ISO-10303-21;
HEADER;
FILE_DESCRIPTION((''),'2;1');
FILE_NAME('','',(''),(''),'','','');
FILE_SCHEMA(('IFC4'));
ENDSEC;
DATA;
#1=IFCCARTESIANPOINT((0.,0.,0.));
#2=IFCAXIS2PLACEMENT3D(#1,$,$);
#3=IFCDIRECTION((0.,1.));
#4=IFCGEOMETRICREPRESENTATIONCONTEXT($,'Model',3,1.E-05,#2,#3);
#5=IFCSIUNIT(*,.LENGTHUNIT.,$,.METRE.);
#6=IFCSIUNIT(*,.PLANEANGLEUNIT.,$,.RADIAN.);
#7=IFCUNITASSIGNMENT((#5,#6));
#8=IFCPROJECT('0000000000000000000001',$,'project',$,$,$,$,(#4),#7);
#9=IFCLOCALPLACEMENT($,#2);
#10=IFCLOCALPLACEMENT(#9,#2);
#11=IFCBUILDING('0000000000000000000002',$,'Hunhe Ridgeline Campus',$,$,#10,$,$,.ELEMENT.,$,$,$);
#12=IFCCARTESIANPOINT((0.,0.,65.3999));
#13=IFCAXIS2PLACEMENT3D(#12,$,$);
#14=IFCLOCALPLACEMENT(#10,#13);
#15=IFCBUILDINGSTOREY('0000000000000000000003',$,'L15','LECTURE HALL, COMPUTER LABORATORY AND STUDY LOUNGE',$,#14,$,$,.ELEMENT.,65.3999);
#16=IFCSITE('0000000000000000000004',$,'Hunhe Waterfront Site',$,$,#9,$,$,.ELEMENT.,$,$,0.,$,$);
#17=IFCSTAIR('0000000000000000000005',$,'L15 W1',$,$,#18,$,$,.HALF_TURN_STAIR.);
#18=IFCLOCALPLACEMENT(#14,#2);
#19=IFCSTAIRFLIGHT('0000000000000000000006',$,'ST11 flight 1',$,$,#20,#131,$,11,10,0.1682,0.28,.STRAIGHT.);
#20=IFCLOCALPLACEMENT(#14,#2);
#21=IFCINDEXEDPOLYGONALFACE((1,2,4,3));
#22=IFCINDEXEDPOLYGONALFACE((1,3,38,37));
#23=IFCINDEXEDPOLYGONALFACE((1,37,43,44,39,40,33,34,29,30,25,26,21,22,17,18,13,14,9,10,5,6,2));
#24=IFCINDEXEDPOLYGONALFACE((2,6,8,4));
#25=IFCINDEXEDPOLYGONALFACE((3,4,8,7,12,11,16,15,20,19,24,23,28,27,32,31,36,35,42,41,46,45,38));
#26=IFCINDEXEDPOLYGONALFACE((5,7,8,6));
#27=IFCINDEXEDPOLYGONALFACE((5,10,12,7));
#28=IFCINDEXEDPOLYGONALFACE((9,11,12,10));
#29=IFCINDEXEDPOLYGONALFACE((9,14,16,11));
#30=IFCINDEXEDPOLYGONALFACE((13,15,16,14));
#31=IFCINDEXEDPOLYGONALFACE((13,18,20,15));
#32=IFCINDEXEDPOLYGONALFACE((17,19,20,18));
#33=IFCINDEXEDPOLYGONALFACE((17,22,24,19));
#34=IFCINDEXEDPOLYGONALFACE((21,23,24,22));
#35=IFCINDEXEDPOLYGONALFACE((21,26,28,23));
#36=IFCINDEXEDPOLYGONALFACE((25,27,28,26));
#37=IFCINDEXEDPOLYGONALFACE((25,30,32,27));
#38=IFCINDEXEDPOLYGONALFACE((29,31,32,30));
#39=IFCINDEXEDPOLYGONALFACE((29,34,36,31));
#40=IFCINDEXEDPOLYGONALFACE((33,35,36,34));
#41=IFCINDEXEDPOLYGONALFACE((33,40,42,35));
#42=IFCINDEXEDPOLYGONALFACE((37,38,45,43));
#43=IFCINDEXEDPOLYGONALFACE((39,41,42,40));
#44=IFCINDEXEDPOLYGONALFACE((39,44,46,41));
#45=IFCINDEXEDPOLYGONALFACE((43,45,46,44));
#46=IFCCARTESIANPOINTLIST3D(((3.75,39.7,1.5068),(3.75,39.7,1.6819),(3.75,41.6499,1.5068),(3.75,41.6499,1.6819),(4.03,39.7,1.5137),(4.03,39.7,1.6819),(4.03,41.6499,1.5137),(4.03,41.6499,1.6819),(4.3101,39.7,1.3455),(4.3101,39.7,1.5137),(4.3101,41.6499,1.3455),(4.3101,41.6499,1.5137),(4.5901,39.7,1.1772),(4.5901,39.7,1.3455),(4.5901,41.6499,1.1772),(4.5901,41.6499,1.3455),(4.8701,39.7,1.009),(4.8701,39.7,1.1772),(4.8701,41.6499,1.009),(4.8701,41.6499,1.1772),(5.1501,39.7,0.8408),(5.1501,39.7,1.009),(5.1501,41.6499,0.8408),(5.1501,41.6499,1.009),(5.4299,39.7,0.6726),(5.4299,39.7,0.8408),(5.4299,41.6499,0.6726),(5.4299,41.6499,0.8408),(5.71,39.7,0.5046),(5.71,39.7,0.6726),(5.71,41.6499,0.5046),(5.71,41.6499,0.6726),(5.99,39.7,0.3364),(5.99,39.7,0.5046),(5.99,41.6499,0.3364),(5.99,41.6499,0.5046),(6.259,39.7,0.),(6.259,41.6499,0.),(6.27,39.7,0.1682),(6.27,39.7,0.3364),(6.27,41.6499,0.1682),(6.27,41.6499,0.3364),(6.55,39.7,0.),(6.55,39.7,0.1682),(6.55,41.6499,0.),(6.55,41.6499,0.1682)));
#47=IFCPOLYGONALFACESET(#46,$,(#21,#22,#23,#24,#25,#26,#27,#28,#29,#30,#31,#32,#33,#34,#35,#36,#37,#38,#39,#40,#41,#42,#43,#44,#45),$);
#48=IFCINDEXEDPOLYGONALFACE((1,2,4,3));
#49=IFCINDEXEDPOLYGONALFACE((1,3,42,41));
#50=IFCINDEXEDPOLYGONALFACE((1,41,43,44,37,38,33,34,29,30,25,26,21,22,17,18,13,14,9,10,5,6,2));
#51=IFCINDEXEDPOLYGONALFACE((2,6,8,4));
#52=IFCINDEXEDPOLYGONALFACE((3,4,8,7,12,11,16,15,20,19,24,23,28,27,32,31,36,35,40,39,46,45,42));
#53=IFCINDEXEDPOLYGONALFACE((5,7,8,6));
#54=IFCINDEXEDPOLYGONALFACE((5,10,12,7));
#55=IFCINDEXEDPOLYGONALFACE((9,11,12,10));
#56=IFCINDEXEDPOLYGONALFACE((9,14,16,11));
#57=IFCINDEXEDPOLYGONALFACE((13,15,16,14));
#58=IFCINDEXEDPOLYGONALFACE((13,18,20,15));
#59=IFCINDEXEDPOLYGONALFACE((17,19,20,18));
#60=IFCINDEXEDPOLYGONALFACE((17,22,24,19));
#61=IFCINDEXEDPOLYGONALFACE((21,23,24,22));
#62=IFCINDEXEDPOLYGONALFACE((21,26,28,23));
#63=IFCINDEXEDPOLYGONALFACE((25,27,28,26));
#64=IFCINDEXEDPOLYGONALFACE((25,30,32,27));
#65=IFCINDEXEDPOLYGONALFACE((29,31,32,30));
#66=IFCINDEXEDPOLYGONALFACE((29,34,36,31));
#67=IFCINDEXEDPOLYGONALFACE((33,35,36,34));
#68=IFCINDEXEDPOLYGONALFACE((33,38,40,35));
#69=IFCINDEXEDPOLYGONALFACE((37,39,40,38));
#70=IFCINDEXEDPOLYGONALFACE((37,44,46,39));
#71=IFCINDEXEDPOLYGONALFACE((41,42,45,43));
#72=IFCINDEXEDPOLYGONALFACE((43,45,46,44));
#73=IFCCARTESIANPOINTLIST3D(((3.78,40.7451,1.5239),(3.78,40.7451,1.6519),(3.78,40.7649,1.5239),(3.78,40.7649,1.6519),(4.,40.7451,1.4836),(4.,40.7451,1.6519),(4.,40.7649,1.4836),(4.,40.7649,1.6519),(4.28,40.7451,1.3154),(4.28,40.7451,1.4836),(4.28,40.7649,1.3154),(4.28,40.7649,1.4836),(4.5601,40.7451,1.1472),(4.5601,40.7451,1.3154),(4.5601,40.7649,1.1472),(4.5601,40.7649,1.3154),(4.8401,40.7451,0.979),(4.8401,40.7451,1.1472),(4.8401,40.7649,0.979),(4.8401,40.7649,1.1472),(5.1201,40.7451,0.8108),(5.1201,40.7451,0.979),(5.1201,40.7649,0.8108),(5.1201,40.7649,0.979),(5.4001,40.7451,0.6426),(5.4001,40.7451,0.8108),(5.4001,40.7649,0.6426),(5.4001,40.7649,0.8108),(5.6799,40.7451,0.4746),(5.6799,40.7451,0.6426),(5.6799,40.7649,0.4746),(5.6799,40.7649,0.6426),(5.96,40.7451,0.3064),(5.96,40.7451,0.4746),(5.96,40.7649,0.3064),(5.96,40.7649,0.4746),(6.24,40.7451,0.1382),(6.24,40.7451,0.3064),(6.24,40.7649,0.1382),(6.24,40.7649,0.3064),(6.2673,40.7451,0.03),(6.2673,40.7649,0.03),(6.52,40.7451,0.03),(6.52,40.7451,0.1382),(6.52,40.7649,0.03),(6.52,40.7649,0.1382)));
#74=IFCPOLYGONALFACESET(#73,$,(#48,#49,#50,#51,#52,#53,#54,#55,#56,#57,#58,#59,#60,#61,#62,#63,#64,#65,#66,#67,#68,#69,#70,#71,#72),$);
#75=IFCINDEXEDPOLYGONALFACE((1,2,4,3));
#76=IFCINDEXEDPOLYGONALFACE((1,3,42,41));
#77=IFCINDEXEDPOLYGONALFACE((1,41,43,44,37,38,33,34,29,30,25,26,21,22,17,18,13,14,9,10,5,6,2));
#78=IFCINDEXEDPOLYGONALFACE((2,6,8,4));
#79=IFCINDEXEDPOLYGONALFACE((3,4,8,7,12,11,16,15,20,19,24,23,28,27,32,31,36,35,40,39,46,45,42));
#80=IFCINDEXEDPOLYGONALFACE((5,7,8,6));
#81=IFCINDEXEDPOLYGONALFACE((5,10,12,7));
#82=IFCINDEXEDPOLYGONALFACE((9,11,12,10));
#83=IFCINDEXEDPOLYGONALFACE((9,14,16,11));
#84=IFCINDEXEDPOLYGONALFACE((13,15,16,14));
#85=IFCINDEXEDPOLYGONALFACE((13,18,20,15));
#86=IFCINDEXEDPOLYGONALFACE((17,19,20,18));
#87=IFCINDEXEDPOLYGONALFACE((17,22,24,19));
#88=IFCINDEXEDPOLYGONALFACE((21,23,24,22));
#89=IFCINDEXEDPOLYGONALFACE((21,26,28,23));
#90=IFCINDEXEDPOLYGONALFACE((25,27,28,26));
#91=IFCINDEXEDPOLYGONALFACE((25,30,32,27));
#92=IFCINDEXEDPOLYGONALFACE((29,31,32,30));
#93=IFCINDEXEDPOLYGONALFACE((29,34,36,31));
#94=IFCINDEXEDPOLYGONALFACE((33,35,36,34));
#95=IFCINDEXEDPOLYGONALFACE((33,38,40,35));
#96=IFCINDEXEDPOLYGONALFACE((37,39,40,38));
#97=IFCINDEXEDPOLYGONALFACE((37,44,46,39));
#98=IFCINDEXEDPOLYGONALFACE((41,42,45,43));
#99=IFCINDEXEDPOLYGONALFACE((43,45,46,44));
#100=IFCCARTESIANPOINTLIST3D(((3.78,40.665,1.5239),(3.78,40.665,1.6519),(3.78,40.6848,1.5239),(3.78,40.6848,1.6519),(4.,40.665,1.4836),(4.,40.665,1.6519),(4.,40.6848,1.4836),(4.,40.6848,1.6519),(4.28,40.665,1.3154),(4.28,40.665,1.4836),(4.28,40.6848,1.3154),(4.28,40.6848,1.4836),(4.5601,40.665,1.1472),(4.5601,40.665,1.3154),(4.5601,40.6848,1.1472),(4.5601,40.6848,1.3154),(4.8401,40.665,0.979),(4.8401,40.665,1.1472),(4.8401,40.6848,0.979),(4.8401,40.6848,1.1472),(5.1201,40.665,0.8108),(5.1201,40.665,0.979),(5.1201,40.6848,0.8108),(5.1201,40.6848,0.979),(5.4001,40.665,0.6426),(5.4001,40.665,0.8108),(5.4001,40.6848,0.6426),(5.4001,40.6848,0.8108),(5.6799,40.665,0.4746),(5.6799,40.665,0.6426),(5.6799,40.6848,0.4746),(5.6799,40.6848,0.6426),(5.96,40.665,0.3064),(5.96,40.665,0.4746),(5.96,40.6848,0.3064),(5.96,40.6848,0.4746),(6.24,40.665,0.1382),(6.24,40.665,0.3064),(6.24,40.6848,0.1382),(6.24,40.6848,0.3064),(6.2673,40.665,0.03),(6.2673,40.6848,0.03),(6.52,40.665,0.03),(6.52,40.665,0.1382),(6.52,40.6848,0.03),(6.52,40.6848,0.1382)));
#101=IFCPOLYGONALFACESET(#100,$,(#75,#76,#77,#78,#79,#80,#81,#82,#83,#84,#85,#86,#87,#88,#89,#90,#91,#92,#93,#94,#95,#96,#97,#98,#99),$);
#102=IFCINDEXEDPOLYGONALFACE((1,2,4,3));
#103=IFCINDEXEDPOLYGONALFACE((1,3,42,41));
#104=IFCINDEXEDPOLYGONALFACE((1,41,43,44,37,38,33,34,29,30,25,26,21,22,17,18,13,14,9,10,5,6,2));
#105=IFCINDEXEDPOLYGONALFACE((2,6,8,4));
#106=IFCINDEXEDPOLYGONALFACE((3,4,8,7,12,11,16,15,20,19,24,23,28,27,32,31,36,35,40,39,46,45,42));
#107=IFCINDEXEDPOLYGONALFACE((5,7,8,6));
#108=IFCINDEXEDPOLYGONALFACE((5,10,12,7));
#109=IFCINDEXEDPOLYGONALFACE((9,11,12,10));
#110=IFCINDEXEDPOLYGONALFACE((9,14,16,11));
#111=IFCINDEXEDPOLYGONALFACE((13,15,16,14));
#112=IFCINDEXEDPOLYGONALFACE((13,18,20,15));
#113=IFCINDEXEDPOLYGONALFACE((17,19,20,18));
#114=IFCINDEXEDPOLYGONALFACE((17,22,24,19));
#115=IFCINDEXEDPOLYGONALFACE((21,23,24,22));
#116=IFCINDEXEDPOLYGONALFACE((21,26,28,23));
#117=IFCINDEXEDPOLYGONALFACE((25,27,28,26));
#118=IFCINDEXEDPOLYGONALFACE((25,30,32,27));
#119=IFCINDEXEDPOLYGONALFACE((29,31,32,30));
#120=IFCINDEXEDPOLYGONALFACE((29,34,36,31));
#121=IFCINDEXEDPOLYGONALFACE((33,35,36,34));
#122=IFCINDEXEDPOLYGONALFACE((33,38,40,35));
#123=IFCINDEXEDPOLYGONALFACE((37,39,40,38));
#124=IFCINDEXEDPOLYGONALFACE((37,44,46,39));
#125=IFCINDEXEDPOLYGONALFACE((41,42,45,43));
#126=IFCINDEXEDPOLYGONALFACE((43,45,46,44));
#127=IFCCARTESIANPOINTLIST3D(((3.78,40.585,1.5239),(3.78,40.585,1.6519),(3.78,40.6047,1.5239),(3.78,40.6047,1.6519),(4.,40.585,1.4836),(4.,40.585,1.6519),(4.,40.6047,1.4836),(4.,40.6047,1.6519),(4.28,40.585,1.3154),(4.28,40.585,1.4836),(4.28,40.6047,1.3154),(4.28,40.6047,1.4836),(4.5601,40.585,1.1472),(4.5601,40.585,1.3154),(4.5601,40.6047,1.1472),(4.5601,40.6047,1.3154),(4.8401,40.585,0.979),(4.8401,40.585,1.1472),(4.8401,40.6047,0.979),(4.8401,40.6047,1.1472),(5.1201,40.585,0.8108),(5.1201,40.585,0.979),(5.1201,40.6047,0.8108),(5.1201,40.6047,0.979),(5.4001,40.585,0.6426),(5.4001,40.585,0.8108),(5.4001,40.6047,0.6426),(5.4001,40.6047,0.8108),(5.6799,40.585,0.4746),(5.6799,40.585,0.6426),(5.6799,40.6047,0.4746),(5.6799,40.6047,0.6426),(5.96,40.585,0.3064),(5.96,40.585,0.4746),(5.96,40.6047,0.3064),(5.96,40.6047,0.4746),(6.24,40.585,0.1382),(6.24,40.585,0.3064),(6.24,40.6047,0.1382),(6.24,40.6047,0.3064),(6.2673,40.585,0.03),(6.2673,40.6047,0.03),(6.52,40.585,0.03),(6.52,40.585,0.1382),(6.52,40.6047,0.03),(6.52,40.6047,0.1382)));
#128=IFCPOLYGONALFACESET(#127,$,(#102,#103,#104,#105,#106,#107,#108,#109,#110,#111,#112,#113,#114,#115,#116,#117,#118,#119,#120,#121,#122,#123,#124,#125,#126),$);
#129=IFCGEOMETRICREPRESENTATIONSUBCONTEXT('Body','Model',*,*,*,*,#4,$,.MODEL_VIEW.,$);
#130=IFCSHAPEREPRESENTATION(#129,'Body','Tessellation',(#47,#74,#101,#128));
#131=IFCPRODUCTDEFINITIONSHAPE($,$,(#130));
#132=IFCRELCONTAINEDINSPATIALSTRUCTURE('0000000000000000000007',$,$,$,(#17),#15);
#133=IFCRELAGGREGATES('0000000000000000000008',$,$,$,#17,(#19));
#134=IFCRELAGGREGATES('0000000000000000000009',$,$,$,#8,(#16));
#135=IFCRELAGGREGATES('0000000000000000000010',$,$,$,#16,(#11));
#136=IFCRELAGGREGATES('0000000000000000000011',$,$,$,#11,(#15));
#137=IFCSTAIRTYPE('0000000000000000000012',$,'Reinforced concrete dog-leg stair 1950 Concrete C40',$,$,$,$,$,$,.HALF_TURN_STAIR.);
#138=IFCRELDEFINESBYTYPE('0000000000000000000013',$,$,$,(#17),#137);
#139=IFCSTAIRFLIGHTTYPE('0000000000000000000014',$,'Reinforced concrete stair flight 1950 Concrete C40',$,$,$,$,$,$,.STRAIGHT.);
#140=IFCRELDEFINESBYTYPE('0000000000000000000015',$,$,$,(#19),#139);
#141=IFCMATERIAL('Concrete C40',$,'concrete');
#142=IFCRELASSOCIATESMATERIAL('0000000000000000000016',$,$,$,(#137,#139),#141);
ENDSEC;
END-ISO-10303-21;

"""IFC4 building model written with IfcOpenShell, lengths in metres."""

from ifc_helpers import new_model, si_unit, direction, frame, origin, place, context, subcontext, project, spatial, polyline, outline, extrude, material, type_object, element, aggregate, save


model = new_model("IFC4")

# Units and contexts
model_context = context("Model", 3, precision=1e-05, world=origin(), true_north=direction((0.0, 1.0)))
body_context = subcontext(model_context, "Body", "Model", "MODEL_VIEW")
ifc_project = project(units=[si_unit("LENGTHUNIT", "METRE"), si_unit("PLANEANGLEUNIT", "RADIAN")], contexts=[model_context])

# Site, building, storey
site_placement = place(None, origin())
site = spatial("IfcSite", under=ifc_project, at=site_placement, Name="Hunhe Waterfront Site", CompositionType="ELEMENT", RefElevation=0.0)
building_placement = place(site_placement, origin())
building = spatial("IfcBuilding", under=site, at=building_placement, Name="Hunhe Ridgeline Campus", CompositionType="ELEMENT")
storey_placement = place(building_placement, frame((0.0, 0.0, 65.3999)))
storey = spatial("IfcBuildingStorey", under=building, at=storey_placement, Name="L15", Description="LECTURE HALL, COMPUTER LABORATORY AND STUDY LOUNGE", CompositionType="ELEMENT", Elevation=65.3999)

# Stair, stair flight
ifc_material_1 = material(Name="Concrete C40", Category="concrete")
stair_type = type_object("IfcStairType", Name="Reinforced concrete dog-leg stair 1950 Concrete C40", PredefinedType="HALF_TURN_STAIR", material=ifc_material_1)
stair_placement = place(storey_placement, origin())
stair = element("IfcStair", 1, at=stair_placement, inside=storey, type_object=stair_type, Name="L15 W1", PredefinedType="HALF_TURN_STAIR")
stair_flight_type = type_object("IfcStairFlightType", Name="Reinforced concrete stair flight 1950 Concrete C40", PredefinedType="STRAIGHT", material=ifc_material_1)
stair_flight_1_placement = place(storey_placement, frame((6.55, 40.675, 0.0), z_axis=(0.0, 0.0, 1.0), x_axis=(-1.0, 0.0, 0.0)))
stair_flight_1 = element("IfcStairFlight", 2, at=stair_flight_1_placement, type_object=stair_flight_type, Name="ST11 flight 1", NumberOfRisers=11, NumberOfTreads=10, PredefinedType="STRAIGHT", RiserHeight=0.1682, TreadLength=0.28, context=body_context, shape_type="SweptSolid", body=[
    extrude(outline(polyline([(0.0, 0.0), (0.0, 0.1682), (0.28, 0.1682), (0.28, 0.3364), (0.5601, 0.3364), (0.5601, 0.5046), (0.8401, 0.5046), (0.8401, 0.6726), (1.1201, 0.6726), (1.1201, 0.8408), (1.3999, 0.8408), (1.3999, 1.009), (1.6799, 1.009), (1.6799, 1.1772), (1.96, 1.1772), (1.96, 1.3455), (2.24, 1.3455), (2.24, 1.5137), (2.52, 1.5137), (2.52, 1.6819), (2.8, 1.6819), (2.8, 1.8501), (2.8, 1.5068), (0.291, 0.0), (0.0, 0.0)])), frame((0.0, 0.9751, 0.0), z_axis=(0.0, -1.0, 0.0), x_axis=(1.0, 0.0, 0.0)), (0.0, 0.0, 1.0), 1.95),
    extrude(outline(polyline([(0.03, 0.03), (0.03, 0.1382), (0.3101, 0.1382), (0.3101, 0.3064), (0.5901, 0.3064), (0.5901, 0.4746), (0.8701, 0.4746), (0.8701, 0.6426), (1.1499, 0.6426), (1.1499, 0.8108), (1.4299, 0.8108), (1.4299, 0.979), (1.71, 0.979), (1.71, 1.1472), (1.99, 1.1472), (1.99, 1.3154), (2.27, 1.3154), (2.27, 1.4836), (2.55, 1.4836), (2.55, 1.6519), (2.77, 1.6519), (2.77, 1.5239), (0.2827, 0.03), (0.03, 0.03)])), frame((0.0, -0.0701, 0.0), z_axis=(0.0, -1.0, 0.0), x_axis=(1.0, 0.0, 0.0)), (0.0, 0.0, 1.0), 0.0198),
    extrude(outline(polyline([(0.03, 0.03), (0.03, 0.1382), (0.3101, 0.1382), (0.3101, 0.3064), (0.5901, 0.3064), (0.5901, 0.4746), (0.8701, 0.4746), (0.8701, 0.6426), (1.1499, 0.6426), (1.1499, 0.8108), (1.4299, 0.8108), (1.4299, 0.979), (1.71, 0.979), (1.71, 1.1472), (1.99, 1.1472), (1.99, 1.3154), (2.27, 1.3154), (2.27, 1.4836), (2.55, 1.4836), (2.55, 1.6519), (2.77, 1.6519), (2.77, 1.5239), (0.2827, 0.03), (0.03, 0.03)])), frame((0.0, 0.01, 0.0), z_axis=(0.0, -1.0, 0.0), x_axis=(1.0, 0.0, 0.0)), (0.0, 0.0, 1.0), 0.0198),
    extrude(outline(polyline([(0.03, 0.03), (0.03, 0.1382), (0.3101, 0.1382), (0.3101, 0.3064), (0.5901, 0.3064), (0.5901, 0.4746), (0.8701, 0.4746), (0.8701, 0.6426), (1.1499, 0.6426), (1.1499, 0.8108), (1.4299, 0.8108), (1.4299, 0.979), (1.71, 0.979), (1.71, 1.1472), (1.99, 1.1472), (1.99, 1.3154), (2.27, 1.3154), (2.27, 1.4836), (2.55, 1.4836), (2.55, 1.6519), (2.77, 1.6519), (2.77, 1.5239), (0.2827, 0.03), (0.03, 0.03)])), frame((0.0, 0.0901, 0.0), z_axis=(0.0, -1.0, 0.0), x_axis=(1.0, 0.0, 0.0)), (0.0, 0.0, 1.0), 0.0198),
])
aggregate(stair, [stair_flight_1])

save(model, "model.ifc")
